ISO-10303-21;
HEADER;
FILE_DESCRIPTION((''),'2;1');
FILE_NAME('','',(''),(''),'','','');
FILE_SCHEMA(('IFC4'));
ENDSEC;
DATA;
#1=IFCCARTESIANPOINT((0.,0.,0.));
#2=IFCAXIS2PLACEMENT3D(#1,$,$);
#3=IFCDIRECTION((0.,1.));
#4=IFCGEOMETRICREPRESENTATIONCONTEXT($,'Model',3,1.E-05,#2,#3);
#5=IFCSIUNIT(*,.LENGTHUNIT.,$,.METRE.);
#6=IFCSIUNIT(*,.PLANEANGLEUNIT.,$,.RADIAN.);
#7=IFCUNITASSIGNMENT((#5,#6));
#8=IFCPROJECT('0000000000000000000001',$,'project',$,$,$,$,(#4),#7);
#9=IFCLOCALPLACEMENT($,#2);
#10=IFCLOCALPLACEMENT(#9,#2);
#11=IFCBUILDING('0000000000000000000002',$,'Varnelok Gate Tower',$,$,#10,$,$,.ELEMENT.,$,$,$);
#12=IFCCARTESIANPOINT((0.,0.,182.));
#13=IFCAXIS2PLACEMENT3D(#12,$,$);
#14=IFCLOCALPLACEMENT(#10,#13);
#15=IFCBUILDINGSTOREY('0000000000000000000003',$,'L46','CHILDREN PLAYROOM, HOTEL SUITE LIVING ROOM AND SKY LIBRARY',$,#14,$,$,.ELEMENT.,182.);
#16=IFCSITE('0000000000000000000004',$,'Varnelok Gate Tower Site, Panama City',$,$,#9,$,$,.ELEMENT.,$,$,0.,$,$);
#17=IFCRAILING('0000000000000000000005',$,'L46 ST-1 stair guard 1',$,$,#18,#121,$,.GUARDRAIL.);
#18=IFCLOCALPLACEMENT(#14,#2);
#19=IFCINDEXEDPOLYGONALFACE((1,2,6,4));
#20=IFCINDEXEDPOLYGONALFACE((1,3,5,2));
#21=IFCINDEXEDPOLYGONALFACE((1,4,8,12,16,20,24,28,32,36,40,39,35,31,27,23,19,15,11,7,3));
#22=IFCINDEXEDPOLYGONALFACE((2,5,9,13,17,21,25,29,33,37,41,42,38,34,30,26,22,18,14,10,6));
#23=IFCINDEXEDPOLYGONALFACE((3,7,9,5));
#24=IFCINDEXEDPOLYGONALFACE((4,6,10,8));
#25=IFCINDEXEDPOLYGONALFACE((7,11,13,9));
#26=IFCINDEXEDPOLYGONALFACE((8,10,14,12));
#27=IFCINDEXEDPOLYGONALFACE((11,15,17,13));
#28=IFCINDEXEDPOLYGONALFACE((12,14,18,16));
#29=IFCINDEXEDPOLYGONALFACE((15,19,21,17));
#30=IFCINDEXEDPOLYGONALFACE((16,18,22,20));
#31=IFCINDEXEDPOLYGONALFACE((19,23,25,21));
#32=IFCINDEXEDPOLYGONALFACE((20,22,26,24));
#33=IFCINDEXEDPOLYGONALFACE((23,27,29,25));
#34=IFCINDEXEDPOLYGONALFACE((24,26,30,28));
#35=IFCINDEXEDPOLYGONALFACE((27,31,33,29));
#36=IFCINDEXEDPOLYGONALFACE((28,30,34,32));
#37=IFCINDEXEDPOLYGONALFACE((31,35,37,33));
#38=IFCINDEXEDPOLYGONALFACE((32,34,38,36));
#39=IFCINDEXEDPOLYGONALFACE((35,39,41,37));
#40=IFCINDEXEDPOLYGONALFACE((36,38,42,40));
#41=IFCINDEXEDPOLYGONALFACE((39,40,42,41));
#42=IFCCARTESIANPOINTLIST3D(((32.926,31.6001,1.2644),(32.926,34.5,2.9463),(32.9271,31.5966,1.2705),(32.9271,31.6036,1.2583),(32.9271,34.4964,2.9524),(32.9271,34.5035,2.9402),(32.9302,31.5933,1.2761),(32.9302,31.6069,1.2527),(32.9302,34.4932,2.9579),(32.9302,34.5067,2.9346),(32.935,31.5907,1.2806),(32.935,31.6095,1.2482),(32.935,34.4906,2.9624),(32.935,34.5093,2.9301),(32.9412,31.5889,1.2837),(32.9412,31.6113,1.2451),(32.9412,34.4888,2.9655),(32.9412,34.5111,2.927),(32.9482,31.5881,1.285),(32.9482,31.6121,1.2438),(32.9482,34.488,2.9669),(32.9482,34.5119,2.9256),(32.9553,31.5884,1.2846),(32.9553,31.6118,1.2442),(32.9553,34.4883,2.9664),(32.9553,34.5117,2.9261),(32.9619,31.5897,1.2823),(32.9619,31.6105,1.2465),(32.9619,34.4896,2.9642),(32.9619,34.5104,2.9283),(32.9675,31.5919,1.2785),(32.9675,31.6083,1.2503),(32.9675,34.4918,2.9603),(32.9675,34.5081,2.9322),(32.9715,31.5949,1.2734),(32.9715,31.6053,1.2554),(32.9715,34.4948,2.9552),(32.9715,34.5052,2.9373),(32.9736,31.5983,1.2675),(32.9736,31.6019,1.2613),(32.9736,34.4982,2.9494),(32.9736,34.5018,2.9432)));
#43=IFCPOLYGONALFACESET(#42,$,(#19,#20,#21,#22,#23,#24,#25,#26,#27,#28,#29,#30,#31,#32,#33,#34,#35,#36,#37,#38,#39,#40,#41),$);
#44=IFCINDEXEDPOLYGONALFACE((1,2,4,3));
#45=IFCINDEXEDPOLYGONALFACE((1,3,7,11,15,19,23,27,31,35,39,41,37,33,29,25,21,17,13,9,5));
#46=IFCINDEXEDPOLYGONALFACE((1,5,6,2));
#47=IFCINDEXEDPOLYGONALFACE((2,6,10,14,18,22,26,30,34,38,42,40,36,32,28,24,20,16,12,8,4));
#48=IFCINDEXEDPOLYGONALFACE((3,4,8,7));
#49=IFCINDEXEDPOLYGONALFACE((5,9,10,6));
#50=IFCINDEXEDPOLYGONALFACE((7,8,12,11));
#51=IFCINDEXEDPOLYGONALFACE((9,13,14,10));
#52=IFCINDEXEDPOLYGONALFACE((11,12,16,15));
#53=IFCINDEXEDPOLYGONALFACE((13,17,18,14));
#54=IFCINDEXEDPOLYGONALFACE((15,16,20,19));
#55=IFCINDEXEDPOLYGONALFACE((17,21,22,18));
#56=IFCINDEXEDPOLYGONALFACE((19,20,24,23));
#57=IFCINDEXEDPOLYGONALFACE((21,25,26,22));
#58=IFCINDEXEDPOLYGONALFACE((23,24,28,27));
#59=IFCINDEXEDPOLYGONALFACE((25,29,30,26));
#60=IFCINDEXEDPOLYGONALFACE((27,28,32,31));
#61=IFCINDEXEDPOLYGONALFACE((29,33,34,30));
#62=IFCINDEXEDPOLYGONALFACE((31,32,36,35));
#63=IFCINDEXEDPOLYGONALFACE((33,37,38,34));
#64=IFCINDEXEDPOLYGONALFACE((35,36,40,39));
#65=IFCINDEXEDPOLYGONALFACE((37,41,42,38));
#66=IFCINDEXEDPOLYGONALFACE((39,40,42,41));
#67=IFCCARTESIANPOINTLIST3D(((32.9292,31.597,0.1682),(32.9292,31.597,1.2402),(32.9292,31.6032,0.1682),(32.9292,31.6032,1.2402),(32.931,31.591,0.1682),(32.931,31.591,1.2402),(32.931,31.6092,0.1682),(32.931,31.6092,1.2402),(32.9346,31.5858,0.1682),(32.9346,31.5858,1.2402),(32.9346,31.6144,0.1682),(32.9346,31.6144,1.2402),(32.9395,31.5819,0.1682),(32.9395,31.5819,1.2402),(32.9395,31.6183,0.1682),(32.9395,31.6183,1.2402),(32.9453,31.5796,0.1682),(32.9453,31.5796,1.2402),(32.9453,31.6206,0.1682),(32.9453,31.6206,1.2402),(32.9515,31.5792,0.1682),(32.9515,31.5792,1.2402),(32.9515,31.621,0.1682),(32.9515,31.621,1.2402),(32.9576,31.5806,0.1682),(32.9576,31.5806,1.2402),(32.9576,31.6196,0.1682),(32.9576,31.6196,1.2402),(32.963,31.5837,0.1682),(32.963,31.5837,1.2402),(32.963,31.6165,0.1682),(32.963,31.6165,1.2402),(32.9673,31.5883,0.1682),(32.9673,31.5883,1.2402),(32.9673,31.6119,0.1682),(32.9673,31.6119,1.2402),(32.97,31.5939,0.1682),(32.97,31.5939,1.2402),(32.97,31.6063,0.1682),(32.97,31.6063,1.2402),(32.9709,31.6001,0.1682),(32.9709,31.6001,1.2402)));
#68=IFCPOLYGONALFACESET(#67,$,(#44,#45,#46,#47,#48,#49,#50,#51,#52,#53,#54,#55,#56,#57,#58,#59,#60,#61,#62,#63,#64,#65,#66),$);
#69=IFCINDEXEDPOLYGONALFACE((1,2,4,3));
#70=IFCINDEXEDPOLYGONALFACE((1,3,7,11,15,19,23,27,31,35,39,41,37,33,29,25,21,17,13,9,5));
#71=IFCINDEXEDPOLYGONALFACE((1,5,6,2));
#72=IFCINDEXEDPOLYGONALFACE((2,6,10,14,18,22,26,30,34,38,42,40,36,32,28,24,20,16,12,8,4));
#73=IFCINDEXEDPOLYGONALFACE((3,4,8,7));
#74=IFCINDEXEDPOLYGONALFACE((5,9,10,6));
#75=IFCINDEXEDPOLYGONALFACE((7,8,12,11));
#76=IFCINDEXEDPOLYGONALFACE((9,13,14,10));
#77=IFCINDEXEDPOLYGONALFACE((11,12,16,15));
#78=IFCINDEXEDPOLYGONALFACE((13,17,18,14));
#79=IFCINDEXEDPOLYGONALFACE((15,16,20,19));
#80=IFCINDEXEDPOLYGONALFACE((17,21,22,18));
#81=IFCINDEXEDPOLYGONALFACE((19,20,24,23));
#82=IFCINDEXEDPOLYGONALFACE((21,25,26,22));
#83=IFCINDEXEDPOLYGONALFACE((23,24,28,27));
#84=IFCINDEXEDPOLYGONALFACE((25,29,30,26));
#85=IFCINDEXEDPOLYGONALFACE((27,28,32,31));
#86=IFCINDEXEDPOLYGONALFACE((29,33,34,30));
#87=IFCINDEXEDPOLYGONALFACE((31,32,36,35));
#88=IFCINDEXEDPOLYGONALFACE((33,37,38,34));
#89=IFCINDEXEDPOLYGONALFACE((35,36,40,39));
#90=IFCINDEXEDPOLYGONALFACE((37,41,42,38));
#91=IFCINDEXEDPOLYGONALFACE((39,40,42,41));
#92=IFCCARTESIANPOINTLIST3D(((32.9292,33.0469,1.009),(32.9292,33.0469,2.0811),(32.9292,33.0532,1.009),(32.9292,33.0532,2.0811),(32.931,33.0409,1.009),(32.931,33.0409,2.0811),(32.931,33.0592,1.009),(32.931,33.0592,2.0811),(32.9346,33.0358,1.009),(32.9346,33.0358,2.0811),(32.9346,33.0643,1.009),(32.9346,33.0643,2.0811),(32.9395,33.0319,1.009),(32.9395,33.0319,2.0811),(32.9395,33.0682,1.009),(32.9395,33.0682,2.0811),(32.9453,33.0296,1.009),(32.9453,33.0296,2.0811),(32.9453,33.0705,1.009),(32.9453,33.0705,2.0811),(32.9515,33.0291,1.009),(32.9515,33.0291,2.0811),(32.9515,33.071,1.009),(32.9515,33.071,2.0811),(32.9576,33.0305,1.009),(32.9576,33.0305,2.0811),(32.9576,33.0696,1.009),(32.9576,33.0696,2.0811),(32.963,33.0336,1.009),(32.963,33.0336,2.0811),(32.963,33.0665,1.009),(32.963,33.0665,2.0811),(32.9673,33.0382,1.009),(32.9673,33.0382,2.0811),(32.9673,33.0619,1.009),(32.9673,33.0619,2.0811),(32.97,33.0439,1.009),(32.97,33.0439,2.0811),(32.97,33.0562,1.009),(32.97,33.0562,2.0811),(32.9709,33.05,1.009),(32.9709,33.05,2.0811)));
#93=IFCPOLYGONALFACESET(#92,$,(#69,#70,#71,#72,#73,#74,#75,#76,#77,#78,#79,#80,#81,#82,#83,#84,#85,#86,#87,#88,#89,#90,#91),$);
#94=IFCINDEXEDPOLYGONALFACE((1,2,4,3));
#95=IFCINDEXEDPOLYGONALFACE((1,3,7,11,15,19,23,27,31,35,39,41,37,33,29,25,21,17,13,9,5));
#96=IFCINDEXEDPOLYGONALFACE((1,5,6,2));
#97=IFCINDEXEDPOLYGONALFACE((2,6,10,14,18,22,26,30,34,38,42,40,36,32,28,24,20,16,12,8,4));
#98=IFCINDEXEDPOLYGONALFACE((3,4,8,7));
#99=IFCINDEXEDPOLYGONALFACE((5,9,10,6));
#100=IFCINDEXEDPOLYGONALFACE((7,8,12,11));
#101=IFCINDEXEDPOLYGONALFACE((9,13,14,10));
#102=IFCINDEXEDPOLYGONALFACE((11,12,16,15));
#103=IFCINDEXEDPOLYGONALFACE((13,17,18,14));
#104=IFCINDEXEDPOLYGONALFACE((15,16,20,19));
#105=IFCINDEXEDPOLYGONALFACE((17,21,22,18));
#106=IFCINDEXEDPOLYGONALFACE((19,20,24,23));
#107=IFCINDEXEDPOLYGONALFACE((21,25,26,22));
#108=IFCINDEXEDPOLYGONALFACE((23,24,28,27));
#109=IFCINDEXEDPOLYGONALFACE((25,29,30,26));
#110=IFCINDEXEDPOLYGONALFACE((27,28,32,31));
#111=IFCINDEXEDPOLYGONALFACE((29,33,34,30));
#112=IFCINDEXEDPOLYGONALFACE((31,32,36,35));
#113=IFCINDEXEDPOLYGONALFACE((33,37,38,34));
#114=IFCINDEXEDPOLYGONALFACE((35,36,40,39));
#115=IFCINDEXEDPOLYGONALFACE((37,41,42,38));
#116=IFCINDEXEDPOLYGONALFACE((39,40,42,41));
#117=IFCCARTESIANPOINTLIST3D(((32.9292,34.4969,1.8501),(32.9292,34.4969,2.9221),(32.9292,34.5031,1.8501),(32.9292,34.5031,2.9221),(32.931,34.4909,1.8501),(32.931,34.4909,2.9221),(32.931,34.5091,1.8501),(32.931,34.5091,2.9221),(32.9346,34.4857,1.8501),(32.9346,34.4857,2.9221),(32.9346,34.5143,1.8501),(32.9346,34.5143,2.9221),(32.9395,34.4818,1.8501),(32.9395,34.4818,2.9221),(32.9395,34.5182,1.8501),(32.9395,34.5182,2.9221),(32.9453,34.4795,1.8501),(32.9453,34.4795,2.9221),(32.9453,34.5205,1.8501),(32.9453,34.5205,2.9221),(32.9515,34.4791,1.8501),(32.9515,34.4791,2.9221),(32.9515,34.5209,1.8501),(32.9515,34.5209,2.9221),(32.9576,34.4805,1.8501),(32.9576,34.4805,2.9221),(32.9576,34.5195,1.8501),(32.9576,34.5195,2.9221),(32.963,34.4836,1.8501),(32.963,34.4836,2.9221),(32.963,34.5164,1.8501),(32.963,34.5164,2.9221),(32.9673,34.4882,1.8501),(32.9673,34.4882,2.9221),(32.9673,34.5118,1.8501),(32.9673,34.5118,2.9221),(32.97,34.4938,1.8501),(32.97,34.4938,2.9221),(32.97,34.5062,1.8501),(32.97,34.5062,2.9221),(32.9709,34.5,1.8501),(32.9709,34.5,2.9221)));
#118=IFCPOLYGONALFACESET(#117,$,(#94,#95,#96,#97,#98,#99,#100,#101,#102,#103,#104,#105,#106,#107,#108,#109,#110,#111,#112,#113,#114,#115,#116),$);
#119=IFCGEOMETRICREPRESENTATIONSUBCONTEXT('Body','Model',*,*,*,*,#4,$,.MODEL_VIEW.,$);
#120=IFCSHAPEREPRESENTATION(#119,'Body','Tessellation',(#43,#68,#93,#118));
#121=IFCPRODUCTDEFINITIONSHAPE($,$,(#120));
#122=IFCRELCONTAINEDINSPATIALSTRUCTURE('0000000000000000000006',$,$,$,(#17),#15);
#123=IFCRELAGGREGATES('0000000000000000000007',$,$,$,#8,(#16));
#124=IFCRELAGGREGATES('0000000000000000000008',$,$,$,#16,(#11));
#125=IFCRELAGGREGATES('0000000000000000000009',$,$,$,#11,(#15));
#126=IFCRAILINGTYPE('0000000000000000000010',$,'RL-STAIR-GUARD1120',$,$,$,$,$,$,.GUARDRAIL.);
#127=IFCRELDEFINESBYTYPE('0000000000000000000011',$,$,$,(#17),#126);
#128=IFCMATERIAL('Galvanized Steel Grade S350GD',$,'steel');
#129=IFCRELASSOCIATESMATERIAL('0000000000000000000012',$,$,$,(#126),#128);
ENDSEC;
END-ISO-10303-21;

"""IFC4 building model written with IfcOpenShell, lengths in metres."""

from ifc_helpers import new_model, si_unit, direction, frame, origin, origin_2d, place, context, subcontext, project, spatial, circle, extrude, material, type_object, element, save


model = new_model("IFC4")

# Units and contexts
model_context = context("Model", 3, precision=1e-05, world=origin(), true_north=direction((0.0, 1.0)))
body_context = subcontext(model_context, "Body", "Model", "MODEL_VIEW")
ifc_project = project(units=[si_unit("LENGTHUNIT", "METRE"), si_unit("PLANEANGLEUNIT", "RADIAN")], contexts=[model_context])

# Site, building, storey
site_placement = place(None, origin())
site = spatial("IfcSite", under=ifc_project, at=site_placement, Name="Varnelok Gate Tower Site, Panama City", CompositionType="ELEMENT", RefElevation=0.0)
building_placement = place(site_placement, origin())
building = spatial("IfcBuilding", under=site, at=building_placement, Name="Varnelok Gate Tower", CompositionType="ELEMENT")
storey_placement = place(building_placement, frame((0.0, 0.0, 182.0)))
storey = spatial("IfcBuildingStorey", under=building, at=storey_placement, Name="L46", Description="CHILDREN PLAYROOM, HOTEL SUITE LIVING ROOM AND SKY LIBRARY", CompositionType="ELEMENT", Elevation=182.0)

# Shared definitions
ifc_material_1 = material(Name="Galvanized Steel Grade S350GD", Category="steel")

# Railing
railing_type_1 = type_object("IfcRailingType", Name="RL-STAIR-GUARD1120", PredefinedType="GUARDRAIL", material=ifc_material_1)
railing_1_placement = place(storey_placement, frame((32.95, 31.6001, 0.1682)))
element("IfcRailing", 1, at=railing_1_placement, inside=storey, type_object=railing_type_1, Name="L46 ST-1 stair guard 1", PredefinedType="GUARDRAIL", context=body_context, shape_type="SweptSolid", body=[
    extrude(circle(Radius=0.0239, at=origin_2d()), frame((0.0, 0.0, 1.0962), z_axis=(0.0, 0.865039, 0.501705), x_axis=(-1.0, 0.0, 0.0)), (0.0, 0.0, 1.0), 3.3523),
    extrude(circle(Radius=0.021, at=origin_2d()), origin(), (0.0, 0.0, 1.0), 1.072),
    extrude(circle(Radius=0.021, at=origin_2d()), frame((0.0, 1.45, 0.8408)), (0.0, 0.0, 1.0), 1.072),
    extrude(circle(Radius=0.021, at=origin_2d()), frame((0.0, 2.8999, 1.6819)), (0.0, 0.0, 1.0), 1.072),
])

save(model, "model.ifc")
